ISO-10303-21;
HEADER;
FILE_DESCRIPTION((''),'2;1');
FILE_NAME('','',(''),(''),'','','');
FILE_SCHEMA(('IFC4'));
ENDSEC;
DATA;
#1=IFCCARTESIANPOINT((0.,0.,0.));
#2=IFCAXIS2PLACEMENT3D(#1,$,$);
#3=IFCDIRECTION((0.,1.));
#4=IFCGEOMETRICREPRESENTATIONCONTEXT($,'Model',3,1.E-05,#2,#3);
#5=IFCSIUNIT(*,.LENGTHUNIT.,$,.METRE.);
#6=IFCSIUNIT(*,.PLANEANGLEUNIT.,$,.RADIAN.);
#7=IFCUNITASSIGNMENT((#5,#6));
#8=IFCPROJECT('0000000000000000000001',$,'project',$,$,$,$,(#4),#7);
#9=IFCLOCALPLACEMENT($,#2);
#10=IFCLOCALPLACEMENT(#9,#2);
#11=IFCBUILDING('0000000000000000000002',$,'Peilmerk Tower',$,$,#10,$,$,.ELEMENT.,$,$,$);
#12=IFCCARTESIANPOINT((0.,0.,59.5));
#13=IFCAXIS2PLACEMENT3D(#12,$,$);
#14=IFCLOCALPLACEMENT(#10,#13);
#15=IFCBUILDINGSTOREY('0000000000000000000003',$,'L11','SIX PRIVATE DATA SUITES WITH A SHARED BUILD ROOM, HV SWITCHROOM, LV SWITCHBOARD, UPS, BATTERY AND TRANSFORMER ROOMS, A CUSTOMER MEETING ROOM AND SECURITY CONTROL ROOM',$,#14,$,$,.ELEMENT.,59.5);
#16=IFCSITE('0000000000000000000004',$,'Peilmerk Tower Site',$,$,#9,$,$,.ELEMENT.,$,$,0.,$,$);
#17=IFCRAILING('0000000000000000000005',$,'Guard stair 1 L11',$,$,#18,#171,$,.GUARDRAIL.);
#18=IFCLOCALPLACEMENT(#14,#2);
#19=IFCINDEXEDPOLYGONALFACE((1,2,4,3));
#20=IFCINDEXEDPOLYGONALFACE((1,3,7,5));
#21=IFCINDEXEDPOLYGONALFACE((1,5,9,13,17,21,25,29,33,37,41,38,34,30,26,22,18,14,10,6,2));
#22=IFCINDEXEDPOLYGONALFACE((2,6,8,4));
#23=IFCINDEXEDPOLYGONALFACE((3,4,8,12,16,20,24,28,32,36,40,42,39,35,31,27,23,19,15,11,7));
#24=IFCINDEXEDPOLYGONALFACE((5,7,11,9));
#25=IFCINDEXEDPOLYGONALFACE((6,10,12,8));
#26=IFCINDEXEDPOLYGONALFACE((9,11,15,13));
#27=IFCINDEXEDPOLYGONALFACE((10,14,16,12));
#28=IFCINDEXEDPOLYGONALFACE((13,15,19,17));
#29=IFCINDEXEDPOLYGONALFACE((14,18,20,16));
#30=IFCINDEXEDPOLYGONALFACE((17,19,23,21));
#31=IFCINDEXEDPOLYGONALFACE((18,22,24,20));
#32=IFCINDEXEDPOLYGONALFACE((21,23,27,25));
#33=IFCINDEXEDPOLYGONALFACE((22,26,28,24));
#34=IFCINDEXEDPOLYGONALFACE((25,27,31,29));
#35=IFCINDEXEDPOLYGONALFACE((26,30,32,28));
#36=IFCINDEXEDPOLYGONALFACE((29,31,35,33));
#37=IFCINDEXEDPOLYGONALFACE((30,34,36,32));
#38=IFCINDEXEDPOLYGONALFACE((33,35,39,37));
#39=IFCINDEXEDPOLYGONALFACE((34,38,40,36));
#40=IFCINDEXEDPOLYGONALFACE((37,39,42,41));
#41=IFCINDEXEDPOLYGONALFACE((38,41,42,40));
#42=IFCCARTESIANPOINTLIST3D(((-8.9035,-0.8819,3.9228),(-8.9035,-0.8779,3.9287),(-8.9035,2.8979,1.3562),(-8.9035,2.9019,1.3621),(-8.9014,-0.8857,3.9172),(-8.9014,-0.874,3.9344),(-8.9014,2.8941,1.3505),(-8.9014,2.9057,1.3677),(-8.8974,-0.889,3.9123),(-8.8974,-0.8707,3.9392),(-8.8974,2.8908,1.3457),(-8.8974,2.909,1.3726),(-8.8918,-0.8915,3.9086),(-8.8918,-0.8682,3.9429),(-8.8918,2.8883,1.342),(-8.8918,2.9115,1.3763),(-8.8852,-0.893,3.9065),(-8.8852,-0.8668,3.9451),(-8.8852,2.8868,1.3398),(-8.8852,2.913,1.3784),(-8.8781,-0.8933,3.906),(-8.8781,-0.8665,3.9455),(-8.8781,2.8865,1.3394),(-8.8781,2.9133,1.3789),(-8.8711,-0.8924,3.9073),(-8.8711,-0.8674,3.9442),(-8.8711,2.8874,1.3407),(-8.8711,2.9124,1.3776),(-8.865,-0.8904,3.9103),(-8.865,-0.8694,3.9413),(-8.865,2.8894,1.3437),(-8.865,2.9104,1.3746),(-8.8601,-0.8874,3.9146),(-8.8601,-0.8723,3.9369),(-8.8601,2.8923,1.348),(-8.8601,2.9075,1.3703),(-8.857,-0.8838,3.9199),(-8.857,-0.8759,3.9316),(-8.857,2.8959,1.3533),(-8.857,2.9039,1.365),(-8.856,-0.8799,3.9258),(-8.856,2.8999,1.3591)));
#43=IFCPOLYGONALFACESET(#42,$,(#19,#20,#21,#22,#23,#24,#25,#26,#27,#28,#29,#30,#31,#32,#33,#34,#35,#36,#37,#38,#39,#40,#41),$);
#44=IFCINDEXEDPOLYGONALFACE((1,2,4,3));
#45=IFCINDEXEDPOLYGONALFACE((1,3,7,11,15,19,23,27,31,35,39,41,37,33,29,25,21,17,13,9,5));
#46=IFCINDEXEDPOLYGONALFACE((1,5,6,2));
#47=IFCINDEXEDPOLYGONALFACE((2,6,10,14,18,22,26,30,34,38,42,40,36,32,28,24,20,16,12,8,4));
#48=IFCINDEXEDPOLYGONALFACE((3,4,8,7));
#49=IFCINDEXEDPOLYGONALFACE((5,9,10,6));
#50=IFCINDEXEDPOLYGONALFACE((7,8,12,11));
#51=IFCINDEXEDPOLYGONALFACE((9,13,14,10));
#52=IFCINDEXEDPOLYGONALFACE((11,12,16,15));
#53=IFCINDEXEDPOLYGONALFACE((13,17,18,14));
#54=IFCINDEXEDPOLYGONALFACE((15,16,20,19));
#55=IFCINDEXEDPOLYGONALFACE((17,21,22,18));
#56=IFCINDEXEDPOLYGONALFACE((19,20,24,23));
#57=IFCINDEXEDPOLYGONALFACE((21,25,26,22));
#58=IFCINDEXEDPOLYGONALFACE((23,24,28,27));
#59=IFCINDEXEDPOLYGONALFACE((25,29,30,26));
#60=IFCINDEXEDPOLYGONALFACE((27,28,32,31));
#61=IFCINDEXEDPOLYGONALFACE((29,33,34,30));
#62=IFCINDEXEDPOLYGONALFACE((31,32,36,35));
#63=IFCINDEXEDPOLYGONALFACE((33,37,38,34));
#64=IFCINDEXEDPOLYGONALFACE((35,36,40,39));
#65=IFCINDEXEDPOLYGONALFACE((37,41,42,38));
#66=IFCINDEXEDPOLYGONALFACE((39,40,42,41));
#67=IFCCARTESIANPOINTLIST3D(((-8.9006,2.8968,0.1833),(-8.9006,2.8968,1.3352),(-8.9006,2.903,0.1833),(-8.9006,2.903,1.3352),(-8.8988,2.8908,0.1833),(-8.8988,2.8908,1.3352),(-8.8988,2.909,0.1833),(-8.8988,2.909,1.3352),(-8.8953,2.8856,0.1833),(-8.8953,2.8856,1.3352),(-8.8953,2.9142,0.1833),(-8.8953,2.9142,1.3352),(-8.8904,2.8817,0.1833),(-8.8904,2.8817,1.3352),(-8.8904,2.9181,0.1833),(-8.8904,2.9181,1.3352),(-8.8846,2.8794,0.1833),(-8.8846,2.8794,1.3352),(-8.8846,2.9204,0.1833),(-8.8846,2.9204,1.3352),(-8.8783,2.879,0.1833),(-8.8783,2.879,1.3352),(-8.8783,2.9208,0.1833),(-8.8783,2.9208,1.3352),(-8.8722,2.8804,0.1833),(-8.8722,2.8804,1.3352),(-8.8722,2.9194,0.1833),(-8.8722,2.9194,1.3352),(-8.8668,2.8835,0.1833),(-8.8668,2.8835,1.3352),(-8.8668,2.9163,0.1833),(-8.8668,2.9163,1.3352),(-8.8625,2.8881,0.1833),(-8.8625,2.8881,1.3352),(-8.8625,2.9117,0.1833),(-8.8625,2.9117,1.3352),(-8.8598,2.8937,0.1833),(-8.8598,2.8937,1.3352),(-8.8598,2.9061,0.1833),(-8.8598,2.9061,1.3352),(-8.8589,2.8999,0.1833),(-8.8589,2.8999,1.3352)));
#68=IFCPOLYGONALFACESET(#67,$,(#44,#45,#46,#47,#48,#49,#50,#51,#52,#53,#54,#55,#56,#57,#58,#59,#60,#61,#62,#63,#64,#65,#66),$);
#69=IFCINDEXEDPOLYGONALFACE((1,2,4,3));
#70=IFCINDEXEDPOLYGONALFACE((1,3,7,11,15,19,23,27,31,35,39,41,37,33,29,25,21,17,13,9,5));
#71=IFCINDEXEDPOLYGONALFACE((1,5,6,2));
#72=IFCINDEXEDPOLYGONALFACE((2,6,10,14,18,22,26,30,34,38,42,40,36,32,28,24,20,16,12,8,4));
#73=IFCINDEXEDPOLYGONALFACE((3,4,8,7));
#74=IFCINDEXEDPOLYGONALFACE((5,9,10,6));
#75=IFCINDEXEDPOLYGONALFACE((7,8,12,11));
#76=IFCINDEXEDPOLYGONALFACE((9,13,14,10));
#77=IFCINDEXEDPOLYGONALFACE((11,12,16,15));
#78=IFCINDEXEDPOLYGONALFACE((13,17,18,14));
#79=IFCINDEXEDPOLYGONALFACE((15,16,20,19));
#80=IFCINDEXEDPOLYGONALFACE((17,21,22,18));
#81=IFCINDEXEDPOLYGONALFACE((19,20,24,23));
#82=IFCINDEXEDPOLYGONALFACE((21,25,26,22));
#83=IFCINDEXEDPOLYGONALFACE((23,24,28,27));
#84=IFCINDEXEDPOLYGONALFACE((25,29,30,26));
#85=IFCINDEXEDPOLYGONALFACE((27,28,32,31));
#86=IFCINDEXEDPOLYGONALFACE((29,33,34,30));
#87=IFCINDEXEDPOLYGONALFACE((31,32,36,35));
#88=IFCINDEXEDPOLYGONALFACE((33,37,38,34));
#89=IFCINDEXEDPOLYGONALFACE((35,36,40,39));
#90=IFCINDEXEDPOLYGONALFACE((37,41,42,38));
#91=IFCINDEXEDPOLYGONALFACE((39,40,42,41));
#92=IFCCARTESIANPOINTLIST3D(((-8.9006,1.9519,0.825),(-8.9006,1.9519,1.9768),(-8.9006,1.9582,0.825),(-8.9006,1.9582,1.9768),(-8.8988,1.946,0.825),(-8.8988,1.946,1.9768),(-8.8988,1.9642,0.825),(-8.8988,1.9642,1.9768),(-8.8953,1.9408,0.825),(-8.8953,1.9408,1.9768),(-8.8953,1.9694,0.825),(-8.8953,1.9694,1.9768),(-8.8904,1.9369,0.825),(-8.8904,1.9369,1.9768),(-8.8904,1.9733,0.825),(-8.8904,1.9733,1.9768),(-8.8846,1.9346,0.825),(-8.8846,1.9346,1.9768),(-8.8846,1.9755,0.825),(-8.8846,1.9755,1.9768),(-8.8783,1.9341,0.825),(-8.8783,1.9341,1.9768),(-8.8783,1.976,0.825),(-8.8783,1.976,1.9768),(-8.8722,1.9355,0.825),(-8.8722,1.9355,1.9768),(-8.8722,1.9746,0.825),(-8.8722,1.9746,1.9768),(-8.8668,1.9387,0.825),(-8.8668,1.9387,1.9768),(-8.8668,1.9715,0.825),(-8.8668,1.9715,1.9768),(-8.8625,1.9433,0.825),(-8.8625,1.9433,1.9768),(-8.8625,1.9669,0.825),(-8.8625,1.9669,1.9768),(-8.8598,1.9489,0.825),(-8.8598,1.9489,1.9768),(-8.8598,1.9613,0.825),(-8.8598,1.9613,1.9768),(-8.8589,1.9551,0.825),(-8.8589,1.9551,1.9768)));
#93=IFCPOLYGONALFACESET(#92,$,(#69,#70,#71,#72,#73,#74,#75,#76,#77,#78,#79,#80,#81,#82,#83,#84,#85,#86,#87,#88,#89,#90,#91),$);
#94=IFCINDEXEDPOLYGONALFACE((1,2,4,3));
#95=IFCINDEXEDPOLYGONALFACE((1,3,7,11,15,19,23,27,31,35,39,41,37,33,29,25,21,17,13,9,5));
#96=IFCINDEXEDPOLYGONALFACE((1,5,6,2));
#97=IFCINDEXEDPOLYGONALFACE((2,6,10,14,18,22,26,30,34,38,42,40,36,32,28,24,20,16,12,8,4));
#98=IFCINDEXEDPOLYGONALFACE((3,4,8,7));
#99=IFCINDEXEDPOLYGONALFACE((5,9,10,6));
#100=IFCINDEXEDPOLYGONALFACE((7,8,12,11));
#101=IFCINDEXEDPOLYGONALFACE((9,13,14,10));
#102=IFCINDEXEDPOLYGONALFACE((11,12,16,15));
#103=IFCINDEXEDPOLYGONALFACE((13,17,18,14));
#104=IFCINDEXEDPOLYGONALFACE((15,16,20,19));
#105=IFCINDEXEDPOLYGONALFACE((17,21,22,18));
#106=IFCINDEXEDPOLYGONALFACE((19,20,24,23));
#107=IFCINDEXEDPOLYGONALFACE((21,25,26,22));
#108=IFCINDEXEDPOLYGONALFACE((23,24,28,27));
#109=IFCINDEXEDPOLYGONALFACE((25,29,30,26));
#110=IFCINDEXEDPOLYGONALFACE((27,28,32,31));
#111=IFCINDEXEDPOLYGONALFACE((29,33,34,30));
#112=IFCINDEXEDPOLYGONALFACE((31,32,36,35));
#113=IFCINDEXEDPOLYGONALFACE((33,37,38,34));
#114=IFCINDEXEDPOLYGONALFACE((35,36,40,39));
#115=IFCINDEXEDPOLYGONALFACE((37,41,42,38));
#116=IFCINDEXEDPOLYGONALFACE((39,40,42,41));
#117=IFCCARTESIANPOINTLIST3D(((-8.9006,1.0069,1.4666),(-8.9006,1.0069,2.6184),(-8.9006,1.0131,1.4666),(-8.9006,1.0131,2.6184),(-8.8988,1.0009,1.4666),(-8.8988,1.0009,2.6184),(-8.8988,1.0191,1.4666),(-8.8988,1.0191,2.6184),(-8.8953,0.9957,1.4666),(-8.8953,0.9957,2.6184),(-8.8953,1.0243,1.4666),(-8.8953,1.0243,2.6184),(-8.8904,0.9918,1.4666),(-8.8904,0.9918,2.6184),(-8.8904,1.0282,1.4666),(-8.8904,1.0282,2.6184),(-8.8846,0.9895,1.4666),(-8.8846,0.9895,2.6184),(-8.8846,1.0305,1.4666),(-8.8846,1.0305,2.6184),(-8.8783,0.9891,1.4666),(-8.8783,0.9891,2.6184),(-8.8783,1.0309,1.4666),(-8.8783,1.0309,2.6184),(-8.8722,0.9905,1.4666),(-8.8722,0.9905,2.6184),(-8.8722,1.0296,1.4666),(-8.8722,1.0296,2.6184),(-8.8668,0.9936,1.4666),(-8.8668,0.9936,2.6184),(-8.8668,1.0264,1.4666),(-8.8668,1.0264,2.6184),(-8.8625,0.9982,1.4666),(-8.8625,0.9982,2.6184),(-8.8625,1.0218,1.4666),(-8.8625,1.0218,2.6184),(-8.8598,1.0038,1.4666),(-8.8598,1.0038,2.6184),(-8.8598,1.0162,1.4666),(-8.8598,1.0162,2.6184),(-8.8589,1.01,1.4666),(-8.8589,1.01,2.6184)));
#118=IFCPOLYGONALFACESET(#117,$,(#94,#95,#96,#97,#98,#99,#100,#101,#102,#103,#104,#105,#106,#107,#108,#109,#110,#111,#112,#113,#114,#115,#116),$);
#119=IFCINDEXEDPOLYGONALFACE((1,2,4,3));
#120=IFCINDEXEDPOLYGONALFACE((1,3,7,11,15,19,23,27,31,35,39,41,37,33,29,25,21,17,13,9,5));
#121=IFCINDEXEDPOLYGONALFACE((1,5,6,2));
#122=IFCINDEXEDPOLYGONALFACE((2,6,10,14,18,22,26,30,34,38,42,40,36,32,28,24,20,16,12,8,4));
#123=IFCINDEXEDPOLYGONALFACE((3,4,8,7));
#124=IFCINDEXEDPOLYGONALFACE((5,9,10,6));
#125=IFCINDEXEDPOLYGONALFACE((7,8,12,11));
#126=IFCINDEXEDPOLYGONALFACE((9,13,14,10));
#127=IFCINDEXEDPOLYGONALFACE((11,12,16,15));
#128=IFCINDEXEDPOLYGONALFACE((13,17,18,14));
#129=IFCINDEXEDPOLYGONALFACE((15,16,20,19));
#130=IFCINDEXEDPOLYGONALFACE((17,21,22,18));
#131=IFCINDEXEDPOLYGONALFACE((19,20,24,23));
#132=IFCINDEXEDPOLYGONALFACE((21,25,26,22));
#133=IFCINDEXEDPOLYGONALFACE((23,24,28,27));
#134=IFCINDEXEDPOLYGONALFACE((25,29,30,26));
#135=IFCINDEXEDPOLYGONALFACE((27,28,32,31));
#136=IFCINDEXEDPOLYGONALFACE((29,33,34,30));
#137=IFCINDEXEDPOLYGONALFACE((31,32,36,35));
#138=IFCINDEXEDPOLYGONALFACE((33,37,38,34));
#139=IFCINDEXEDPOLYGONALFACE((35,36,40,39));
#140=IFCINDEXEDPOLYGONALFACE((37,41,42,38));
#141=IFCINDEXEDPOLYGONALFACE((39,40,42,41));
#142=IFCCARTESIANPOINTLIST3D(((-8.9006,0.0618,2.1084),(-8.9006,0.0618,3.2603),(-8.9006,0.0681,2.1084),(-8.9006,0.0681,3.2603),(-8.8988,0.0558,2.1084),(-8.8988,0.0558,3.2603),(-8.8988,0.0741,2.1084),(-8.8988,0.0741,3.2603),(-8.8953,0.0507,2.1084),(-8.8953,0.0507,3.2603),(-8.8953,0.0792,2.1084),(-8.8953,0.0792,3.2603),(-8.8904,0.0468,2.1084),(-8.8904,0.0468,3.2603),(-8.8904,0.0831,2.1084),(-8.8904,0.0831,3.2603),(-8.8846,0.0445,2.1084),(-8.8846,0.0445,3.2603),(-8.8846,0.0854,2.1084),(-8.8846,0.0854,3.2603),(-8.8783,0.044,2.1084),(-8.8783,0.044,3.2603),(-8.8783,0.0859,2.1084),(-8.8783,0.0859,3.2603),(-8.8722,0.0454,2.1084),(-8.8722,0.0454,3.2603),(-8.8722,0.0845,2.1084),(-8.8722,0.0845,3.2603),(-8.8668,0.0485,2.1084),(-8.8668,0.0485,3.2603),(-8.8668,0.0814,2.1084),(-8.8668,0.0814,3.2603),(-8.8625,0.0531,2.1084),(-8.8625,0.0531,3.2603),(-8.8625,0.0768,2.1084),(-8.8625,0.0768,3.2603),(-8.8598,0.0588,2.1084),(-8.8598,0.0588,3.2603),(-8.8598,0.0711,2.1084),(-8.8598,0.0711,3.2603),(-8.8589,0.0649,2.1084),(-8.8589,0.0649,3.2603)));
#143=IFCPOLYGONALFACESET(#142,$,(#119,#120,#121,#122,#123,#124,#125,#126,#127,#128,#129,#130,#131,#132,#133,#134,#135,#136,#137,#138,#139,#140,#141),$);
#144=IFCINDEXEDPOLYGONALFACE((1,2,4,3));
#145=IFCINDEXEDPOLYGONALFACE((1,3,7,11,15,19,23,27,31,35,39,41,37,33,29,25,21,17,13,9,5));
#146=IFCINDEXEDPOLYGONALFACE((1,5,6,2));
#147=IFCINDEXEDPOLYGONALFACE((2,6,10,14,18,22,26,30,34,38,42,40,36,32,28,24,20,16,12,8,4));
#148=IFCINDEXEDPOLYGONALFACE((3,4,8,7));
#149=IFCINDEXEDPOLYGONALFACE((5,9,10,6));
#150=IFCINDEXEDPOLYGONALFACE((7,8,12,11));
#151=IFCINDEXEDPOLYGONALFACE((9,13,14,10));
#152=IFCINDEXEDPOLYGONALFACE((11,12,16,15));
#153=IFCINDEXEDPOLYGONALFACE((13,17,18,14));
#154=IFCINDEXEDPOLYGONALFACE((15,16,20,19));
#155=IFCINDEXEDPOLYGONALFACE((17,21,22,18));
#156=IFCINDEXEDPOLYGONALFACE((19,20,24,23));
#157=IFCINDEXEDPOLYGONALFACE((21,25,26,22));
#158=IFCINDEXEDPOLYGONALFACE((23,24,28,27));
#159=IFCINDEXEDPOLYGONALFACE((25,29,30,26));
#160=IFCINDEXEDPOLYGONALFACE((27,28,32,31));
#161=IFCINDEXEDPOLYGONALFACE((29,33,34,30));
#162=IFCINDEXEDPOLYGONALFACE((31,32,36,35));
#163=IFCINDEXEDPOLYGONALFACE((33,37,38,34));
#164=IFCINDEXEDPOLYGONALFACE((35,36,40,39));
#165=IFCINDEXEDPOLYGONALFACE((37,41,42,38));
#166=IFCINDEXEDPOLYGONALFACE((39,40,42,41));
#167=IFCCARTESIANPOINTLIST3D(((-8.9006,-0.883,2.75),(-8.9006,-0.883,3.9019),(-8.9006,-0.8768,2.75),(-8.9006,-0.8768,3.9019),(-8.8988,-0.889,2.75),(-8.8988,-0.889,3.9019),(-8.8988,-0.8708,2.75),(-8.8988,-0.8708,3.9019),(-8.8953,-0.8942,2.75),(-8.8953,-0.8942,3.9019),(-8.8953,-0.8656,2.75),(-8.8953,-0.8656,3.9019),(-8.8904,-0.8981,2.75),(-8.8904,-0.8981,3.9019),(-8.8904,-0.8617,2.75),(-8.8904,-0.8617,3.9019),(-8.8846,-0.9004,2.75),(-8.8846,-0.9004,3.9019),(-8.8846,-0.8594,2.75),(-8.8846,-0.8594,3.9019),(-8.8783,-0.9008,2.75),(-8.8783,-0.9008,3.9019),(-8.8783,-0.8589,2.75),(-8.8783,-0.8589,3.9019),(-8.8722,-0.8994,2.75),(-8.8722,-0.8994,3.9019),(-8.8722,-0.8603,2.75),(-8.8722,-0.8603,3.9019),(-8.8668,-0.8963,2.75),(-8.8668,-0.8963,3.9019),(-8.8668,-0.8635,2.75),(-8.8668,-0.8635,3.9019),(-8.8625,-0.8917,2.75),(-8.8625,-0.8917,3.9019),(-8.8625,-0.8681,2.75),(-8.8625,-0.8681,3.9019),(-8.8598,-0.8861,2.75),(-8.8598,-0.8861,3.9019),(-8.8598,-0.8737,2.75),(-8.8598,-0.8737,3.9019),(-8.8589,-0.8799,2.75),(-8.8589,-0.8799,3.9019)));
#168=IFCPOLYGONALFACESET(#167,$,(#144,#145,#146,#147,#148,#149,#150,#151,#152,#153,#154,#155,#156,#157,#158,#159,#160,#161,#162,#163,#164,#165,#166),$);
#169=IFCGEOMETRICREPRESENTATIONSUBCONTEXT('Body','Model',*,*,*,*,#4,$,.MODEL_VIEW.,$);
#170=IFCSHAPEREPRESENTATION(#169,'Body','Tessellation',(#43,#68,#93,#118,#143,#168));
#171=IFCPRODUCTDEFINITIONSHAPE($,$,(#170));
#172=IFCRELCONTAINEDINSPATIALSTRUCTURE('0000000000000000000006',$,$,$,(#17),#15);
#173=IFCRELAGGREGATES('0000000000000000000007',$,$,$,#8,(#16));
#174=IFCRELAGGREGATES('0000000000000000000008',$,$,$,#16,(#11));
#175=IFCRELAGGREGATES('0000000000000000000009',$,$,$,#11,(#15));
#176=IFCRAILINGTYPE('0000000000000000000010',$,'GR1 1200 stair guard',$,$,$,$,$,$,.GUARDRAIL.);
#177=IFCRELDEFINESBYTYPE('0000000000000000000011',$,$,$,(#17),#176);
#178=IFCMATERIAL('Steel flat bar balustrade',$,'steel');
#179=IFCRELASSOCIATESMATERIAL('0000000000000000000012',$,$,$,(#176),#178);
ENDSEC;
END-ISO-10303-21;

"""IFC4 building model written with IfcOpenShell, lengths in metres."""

from ifc_helpers import new_model, si_unit, direction, frame, origin, origin_2d, place, context, subcontext, project, spatial, circle, extrude, material, type_object, element, save


model = new_model("IFC4")

# Units and contexts
model_context = context("Model", 3, precision=1e-05, world=origin(), true_north=direction((0.0, 1.0)))
body_context = subcontext(model_context, "Body", "Model", "MODEL_VIEW")
ifc_project = project(units=[si_unit("LENGTHUNIT", "METRE"), si_unit("PLANEANGLEUNIT", "RADIAN")], contexts=[model_context])

# Site, building, storey
site_placement = place(None, origin())
site = spatial("IfcSite", under=ifc_project, at=site_placement, Name="Peilmerk Tower Site", CompositionType="ELEMENT", RefElevation=0.0)
building_placement = place(site_placement, origin())
building = spatial("IfcBuilding", under=site, at=building_placement, Name="Peilmerk Tower", CompositionType="ELEMENT")
storey_placement = place(building_placement, frame((0.0, 0.0, 59.5)))
storey = spatial("IfcBuildingStorey", under=building, at=storey_placement, Name="L11", Description="SIX PRIVATE DATA SUITES WITH A SHARED BUILD ROOM, HV SWITCHROOM, LV SWITCHBOARD, UPS, BATTERY AND TRANSFORMER ROOMS, A CUSTOMER MEETING ROOM AND SECURITY CONTROL ROOM", CompositionType="ELEMENT", Elevation=59.5)

# Railing
ifc_material_1 = material(Name="Steel flat bar balustrade", Category="steel")
railing_type_1 = type_object("IfcRailingType", Name="GR1 1200 stair guard", PredefinedType="GUARDRAIL", material=ifc_material_1)
railing_1_placement = place(storey_placement, frame((-8.8799, 2.8999, 0.1833)))
element("IfcRailing", 1, at=railing_1_placement, inside=storey, type_object=railing_type_1, Name="Guard stair 1 L11", PredefinedType="GUARDRAIL", context=body_context, shape_type="SweptSolid", body=[
    extrude(circle(Radius=0.0239, at=origin_2d()), frame((0.0, 0.0, 1.1758), z_axis=(0.0, -0.827293, 0.561771), x_axis=(1.0, 0.0, 0.0)), (0.0, 0.0, 1.0), 4.5688),
    extrude(circle(Radius=0.021, at=origin_2d()), origin(), (0.0, 0.0, 1.0), 1.1519),
    extrude(circle(Radius=0.021, at=origin_2d()), frame((0.0, -0.9448, 0.6416)), (0.0, 0.0, 1.0), 1.1519),
    extrude(circle(Radius=0.021, at=origin_2d()), frame((0.0, -1.8899, 1.2832)), (0.0, 0.0, 1.0), 1.1519),
    extrude(circle(Radius=0.021, at=origin_2d()), frame((0.0, -2.835, 1.925)), (0.0, 0.0, 1.0), 1.1519),
    extrude(circle(Radius=0.021, at=origin_2d()), frame((0.0, -3.7798, 2.5667)), (0.0, 0.0, 1.0), 1.1519),
])

save(model, "model.ifc")
